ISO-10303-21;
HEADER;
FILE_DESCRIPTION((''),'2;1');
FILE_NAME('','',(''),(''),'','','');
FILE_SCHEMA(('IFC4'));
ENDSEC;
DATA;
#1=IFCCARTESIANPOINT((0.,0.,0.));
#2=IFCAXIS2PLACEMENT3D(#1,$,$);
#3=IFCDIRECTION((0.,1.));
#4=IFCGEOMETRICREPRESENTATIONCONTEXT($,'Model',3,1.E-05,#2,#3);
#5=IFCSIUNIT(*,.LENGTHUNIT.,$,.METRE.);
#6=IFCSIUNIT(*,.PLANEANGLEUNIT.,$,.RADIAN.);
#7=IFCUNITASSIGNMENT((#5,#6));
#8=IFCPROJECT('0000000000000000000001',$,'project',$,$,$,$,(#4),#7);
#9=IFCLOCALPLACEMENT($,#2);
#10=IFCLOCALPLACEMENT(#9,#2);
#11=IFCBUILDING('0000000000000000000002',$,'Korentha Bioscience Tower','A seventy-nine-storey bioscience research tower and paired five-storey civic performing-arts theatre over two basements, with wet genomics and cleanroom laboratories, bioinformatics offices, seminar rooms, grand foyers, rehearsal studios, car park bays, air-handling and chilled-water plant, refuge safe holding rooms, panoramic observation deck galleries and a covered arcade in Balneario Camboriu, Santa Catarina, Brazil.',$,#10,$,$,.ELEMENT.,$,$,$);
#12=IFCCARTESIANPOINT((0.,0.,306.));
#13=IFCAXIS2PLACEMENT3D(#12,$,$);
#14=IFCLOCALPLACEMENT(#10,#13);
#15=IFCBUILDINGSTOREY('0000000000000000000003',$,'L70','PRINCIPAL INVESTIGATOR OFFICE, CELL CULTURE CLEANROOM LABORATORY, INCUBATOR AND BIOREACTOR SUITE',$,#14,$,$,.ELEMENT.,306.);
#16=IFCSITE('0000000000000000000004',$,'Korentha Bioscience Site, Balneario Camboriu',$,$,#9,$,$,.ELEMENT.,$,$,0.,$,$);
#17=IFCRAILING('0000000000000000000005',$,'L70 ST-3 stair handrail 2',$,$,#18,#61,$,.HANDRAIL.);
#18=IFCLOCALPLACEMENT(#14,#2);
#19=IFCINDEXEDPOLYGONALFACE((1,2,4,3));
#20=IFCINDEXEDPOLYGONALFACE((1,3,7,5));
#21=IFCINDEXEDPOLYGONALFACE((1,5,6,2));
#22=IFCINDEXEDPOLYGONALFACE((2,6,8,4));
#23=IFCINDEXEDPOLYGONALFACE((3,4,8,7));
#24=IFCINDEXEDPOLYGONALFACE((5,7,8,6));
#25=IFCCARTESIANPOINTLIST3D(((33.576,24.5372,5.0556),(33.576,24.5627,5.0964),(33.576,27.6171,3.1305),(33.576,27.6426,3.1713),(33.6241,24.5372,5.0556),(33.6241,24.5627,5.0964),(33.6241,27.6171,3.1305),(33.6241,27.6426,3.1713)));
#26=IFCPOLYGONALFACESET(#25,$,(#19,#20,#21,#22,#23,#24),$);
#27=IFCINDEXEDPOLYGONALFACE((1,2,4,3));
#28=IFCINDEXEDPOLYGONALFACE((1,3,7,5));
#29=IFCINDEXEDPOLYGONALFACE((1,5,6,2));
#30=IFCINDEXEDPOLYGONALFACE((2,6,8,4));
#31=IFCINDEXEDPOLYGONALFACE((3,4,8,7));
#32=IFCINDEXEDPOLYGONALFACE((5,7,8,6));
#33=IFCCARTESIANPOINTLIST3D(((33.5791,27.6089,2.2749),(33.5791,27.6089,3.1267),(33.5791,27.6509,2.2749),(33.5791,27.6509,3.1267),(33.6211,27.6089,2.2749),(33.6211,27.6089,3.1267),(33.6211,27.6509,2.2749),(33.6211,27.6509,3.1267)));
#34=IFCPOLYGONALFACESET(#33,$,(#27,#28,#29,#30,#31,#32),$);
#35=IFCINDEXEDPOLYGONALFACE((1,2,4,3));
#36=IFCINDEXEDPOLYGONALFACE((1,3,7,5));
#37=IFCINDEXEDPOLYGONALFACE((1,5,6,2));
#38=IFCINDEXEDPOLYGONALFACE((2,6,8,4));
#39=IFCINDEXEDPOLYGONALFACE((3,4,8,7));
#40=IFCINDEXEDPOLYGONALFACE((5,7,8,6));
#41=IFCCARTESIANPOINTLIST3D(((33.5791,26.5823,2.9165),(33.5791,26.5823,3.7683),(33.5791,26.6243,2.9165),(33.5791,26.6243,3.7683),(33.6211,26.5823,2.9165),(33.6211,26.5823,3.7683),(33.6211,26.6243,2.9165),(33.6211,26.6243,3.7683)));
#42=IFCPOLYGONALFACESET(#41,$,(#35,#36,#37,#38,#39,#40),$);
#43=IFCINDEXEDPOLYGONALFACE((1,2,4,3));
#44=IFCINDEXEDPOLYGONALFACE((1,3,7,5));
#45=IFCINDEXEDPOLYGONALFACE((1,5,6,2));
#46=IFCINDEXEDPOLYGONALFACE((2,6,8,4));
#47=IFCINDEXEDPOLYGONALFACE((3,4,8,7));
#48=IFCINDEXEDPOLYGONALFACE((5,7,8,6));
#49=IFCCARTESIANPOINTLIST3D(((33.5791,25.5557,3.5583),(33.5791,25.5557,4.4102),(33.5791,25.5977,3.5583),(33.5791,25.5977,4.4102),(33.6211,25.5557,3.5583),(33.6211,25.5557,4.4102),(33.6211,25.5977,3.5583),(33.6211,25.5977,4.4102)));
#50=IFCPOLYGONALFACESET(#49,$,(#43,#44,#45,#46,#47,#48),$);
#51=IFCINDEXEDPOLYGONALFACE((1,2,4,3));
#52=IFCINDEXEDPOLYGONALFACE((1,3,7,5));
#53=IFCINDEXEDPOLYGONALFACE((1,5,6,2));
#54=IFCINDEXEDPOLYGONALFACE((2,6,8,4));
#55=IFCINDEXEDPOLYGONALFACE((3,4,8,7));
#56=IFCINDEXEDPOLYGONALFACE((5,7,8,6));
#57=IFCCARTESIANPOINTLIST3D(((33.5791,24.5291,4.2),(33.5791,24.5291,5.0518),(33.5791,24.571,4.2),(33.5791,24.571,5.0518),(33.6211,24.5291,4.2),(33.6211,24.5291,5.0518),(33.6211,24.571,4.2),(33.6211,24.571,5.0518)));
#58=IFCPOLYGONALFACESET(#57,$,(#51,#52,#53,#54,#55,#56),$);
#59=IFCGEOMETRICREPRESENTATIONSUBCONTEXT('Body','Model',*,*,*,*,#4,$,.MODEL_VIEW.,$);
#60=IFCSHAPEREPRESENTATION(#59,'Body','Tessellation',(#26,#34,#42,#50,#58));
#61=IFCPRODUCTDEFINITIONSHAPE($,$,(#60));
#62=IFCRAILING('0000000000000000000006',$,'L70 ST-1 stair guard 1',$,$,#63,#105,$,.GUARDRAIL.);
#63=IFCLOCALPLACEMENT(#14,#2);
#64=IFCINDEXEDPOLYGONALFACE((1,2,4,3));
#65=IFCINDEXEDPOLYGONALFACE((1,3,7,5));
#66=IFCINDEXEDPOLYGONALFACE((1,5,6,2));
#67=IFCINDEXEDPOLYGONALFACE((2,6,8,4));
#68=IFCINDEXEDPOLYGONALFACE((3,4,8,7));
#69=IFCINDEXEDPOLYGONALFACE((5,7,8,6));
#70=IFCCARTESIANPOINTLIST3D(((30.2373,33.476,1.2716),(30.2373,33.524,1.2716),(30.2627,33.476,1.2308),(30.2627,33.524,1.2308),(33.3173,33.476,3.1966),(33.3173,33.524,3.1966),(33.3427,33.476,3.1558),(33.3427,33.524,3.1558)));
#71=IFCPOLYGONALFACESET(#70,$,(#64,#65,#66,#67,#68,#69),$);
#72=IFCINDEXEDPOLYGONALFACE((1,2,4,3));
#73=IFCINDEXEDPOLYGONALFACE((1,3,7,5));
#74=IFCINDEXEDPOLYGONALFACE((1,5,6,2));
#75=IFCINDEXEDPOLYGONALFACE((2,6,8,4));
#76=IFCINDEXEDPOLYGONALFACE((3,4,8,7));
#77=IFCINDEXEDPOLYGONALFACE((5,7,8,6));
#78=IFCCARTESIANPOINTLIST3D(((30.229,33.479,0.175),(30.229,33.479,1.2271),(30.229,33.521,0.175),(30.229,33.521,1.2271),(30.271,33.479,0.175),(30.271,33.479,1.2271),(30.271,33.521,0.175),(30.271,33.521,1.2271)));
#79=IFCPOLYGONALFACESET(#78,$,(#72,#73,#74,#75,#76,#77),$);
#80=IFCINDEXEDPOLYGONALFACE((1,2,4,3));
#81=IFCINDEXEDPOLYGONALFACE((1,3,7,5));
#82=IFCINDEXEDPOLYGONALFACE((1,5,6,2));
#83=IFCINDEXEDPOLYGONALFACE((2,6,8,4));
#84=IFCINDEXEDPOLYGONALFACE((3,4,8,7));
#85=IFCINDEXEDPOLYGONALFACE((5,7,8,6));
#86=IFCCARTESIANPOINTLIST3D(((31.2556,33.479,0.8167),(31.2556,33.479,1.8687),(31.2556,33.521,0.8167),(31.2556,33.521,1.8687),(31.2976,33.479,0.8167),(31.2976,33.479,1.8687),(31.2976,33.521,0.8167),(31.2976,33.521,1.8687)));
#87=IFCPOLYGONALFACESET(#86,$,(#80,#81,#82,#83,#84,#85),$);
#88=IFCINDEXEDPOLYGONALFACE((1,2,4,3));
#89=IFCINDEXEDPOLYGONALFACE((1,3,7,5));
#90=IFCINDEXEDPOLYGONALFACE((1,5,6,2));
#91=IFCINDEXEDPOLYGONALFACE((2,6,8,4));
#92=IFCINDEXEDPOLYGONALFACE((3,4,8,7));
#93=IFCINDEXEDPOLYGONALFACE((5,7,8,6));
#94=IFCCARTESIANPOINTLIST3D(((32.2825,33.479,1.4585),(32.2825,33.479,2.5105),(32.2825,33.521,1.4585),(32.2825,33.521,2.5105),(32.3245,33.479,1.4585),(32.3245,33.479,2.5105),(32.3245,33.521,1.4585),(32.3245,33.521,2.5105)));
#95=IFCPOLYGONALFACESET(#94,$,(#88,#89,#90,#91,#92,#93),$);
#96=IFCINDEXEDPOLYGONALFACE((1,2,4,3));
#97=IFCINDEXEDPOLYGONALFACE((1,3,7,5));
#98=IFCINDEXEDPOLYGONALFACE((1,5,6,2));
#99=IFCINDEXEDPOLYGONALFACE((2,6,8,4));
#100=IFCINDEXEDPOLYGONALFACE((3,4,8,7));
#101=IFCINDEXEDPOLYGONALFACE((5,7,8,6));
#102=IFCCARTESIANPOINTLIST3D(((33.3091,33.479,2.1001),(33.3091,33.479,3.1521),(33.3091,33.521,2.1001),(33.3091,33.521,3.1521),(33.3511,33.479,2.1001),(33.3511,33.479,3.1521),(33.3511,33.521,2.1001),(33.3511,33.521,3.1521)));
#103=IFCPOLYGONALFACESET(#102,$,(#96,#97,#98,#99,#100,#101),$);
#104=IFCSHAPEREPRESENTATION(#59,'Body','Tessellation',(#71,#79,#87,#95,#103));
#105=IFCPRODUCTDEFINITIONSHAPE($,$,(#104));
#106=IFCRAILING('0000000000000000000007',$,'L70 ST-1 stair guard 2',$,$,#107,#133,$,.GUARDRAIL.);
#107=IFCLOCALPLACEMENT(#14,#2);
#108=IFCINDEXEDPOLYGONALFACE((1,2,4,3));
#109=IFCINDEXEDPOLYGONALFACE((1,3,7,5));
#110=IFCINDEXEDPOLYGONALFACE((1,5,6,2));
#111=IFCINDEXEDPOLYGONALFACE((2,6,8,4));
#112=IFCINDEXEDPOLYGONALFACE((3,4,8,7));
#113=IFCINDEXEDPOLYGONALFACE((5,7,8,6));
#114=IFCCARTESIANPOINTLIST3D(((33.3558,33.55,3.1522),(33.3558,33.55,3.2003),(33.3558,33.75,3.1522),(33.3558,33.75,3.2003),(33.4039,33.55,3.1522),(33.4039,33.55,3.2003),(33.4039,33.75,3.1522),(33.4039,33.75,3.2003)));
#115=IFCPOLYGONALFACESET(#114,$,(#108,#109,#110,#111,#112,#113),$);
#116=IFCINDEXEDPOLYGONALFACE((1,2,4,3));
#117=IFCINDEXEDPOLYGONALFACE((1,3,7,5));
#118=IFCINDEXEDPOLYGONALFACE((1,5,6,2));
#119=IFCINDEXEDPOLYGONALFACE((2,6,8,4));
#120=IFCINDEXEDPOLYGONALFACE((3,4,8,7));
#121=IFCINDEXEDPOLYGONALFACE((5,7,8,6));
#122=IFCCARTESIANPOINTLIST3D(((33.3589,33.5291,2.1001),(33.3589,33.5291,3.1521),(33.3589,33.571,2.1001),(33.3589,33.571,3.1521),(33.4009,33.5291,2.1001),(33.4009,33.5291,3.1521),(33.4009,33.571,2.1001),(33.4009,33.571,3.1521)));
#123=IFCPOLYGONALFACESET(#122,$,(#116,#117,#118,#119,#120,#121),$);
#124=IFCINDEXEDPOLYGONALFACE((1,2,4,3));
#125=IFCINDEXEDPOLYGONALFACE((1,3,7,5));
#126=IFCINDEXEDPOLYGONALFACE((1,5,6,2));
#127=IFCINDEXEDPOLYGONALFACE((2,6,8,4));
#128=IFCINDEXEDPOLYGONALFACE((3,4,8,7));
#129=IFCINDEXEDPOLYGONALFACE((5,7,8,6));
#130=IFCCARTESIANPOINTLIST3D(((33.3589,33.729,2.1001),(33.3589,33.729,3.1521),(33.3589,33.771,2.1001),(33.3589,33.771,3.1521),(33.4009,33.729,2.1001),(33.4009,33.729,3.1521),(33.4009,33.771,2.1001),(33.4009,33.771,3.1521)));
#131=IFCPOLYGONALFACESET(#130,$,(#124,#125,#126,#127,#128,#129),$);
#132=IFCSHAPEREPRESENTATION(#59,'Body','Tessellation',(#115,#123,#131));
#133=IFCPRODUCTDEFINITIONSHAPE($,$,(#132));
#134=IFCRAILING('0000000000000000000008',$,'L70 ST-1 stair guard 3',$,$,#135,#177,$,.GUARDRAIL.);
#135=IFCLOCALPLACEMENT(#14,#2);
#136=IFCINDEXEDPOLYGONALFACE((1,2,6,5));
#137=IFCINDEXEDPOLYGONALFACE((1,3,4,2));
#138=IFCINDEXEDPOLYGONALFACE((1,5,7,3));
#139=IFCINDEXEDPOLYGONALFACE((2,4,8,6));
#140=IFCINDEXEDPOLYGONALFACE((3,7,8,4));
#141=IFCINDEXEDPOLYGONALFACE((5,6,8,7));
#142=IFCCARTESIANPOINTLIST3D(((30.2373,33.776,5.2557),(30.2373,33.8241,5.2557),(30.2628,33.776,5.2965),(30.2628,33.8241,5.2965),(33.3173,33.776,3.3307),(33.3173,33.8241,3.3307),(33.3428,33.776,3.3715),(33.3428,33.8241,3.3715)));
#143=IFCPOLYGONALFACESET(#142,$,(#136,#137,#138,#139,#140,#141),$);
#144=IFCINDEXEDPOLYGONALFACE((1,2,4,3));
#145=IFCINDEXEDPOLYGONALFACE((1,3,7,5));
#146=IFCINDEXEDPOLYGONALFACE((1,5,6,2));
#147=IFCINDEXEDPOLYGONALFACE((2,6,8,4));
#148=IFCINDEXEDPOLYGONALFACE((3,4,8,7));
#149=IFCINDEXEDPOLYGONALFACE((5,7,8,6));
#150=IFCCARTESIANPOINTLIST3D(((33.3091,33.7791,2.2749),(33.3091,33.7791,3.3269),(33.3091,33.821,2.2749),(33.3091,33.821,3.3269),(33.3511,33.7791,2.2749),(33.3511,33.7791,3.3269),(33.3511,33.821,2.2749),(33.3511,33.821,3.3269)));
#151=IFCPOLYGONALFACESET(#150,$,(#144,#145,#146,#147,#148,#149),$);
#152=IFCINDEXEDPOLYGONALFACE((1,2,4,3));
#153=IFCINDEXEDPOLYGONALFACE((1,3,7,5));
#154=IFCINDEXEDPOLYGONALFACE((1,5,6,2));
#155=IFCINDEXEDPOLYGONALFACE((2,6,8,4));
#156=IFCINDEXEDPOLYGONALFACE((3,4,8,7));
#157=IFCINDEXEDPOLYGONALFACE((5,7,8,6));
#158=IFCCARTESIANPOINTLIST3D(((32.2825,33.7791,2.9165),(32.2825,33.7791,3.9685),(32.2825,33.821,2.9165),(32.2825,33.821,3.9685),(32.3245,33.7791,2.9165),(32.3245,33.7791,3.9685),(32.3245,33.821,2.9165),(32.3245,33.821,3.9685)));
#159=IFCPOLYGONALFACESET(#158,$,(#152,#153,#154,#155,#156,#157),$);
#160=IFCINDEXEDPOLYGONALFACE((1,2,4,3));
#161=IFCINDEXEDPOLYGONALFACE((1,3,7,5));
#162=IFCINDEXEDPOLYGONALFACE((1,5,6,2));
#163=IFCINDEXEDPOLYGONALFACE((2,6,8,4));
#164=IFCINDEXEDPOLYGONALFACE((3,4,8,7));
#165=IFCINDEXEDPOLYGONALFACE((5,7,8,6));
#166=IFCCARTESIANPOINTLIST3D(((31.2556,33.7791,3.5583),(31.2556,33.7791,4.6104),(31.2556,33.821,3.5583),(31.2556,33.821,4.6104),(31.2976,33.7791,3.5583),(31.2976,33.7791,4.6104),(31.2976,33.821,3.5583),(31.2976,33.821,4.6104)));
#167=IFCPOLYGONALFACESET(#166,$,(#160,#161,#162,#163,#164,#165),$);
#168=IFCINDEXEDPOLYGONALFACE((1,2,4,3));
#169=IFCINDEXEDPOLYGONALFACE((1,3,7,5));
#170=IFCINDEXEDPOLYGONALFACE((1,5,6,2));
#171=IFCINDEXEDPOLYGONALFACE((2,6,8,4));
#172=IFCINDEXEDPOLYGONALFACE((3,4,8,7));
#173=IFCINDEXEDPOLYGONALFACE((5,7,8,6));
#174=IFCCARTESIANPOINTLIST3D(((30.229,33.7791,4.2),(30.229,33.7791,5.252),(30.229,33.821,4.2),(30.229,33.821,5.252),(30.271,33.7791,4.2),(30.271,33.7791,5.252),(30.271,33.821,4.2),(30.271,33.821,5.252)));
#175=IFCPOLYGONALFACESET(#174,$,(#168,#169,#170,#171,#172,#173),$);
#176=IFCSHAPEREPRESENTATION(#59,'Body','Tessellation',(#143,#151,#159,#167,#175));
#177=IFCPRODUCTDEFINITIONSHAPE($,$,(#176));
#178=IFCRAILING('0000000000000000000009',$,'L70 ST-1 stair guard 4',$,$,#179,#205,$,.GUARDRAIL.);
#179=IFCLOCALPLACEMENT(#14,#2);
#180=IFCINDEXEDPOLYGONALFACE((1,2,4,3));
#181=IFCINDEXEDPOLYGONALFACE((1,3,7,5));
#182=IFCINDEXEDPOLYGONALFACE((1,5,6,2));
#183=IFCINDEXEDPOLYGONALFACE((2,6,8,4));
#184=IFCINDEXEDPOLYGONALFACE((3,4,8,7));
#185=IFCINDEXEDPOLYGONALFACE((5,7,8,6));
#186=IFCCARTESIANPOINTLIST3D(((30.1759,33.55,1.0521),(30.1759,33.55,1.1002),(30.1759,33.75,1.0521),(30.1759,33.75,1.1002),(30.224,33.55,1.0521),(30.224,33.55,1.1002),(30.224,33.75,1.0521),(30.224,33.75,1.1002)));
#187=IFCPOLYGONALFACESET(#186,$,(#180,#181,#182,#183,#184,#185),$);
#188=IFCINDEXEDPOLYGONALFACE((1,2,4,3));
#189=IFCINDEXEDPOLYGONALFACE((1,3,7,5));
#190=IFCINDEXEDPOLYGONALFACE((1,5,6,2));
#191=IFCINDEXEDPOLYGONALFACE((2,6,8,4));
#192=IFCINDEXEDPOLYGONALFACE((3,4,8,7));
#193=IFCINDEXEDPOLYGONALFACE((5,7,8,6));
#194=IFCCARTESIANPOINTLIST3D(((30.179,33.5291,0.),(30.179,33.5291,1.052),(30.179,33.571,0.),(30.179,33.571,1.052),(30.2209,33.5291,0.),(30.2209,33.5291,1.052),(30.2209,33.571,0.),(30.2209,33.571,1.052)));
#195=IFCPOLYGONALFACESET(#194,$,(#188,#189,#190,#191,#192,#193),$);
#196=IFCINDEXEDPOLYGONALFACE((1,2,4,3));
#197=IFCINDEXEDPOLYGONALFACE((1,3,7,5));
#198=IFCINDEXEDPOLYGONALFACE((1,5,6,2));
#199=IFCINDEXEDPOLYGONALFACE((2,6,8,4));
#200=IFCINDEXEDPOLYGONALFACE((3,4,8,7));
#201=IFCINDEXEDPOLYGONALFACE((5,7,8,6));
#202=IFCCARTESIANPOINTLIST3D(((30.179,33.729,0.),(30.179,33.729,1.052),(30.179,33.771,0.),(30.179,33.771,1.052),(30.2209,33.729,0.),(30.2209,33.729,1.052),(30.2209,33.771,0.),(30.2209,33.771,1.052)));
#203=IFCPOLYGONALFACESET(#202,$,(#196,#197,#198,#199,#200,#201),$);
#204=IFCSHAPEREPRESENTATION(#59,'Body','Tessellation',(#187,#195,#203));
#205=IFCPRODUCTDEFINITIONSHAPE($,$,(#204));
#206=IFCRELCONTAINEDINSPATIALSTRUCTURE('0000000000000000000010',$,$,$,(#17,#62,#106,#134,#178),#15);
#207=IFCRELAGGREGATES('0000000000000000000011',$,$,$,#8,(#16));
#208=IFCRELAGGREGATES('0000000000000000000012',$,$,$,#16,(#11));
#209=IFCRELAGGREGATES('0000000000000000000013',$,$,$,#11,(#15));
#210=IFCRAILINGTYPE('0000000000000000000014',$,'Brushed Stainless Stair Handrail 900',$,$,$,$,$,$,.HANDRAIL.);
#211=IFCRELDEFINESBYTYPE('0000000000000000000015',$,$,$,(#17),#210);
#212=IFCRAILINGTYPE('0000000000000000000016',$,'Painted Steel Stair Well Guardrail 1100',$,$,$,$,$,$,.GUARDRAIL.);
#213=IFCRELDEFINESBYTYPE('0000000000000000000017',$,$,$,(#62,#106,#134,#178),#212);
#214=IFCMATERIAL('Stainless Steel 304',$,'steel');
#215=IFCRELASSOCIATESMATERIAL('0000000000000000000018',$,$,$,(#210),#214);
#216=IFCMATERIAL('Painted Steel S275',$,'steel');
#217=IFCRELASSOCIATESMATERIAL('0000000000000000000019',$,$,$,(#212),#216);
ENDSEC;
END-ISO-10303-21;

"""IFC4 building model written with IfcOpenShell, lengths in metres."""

from ifc_helpers import new_model, si_unit, direction, frame, origin, origin_2d, place, context, subcontext, project, spatial, rectangle, extrude, material, type_object, element, save


model = new_model("IFC4")

# Units and contexts
model_context = context("Model", 3, precision=1e-05, world=origin(), true_north=direction((0.0, 1.0)))
body_context = subcontext(model_context, "Body", "Model", "MODEL_VIEW")
ifc_project = project(units=[si_unit("LENGTHUNIT", "METRE"), si_unit("PLANEANGLEUNIT", "RADIAN")], contexts=[model_context])

# Site, building, storey
site_placement = place(None, origin())
site = spatial("IfcSite", under=ifc_project, at=site_placement, Name="Korentha Bioscience Site, Balneario Camboriu", CompositionType="ELEMENT", RefElevation=0.0)
building_placement = place(site_placement, origin())
building = spatial("IfcBuilding", under=site, at=building_placement, Name="Korentha Bioscience Tower", Description="A seventy-nine-storey bioscience research tower and paired five-storey civic performing-arts theatre over two basements, with wet genomics and cleanroom laboratories, bioinformatics offices, seminar rooms, grand foyers, rehearsal studios, car park bays, air-handling and chilled-water plant, refuge safe holding rooms, panoramic observation deck galleries and a covered arcade in Balneario Camboriu, Santa Catarina, Brazil.", CompositionType="ELEMENT")
storey_placement = place(building_placement, frame((0.0, 0.0, 306.0)))
storey = spatial("IfcBuildingStorey", under=building, at=storey_placement, Name="L70", Description="PRINCIPAL INVESTIGATOR OFFICE, CELL CULTURE CLEANROOM LABORATORY, INCUBATOR AND BIOREACTOR SUITE", CompositionType="ELEMENT", Elevation=306.0)

# Railings
ifc_material_1 = material(Name="Stainless Steel 304", Category="steel")
railing_type_1 = type_object("IfcRailingType", Name="Brushed Stainless Stair Handrail 900", PredefinedType="HANDRAIL", material=ifc_material_1)
railing_1_placement = place(storey_placement, frame((33.6001, 27.6299, 2.2749)))
element("IfcRailing", 1, at=railing_1_placement, inside=storey, type_object=railing_type_1, Name="L70 ST-3 stair handrail 2", PredefinedType="HANDRAIL", context=body_context, shape_type="SweptSolid", body=[
    extrude(rectangle(XDim=0.0481, YDim=0.0481, at=origin_2d()), frame((0.0, 0.0, 0.876), z_axis=(0.0, -0.847979, 0.530029), x_axis=(1.0, 0.0, 0.0)), (0.0, 0.0, 1.0), 3.6321),
    extrude(rectangle(XDim=0.042, YDim=0.042, at=origin_2d()), origin(), (0.0, 0.0, 1.0), 0.8518),
    extrude(rectangle(XDim=0.042, YDim=0.042, at=origin_2d()), frame((0.0, -1.0266, 0.6416)), (0.0, 0.0, 1.0), 0.8518),
    extrude(rectangle(XDim=0.042, YDim=0.042, at=origin_2d()), frame((0.0, -2.0532, 1.2834)), (0.0, 0.0, 1.0), 0.8518),
    extrude(rectangle(XDim=0.042, YDim=0.042, at=origin_2d()), frame((0.0, -3.0798, 1.925)), (0.0, 0.0, 1.0), 0.8518),
])
ifc_material_2 = material(Name="Painted Steel S275", Category="steel")
railing_type_2 = type_object("IfcRailingType", Name="Painted Steel Stair Well Guardrail 1100", PredefinedType="GUARDRAIL", material=ifc_material_2)
railing_2_placement = place(storey_placement, frame((30.25, 33.5, 0.175)))
element("IfcRailing", 2, at=railing_2_placement, inside=storey, type_object=railing_type_2, Name="L70 ST-1 stair guard 1", PredefinedType="GUARDRAIL", context=body_context, shape_type="SweptSolid", body=[
    extrude(rectangle(XDim=0.0481, YDim=0.0481, at=origin_2d()), frame((0.0, 0.0, 1.0762), z_axis=(0.847998, 0.0, 0.529999), x_axis=(0.0, 1.0, 0.0)), (0.0, 0.0, 1.0), 3.6321),
    extrude(rectangle(XDim=0.042, YDim=0.042, at=origin_2d()), origin(), (0.0, 0.0, 1.0), 1.052),
    extrude(rectangle(XDim=0.042, YDim=0.042, at=origin_2d()), frame((1.0266, 0.0, 0.6416)), (0.0, 0.0, 1.0), 1.052),
    extrude(rectangle(XDim=0.042, YDim=0.042, at=origin_2d()), frame((2.0535, 0.0, 1.2834)), (0.0, 0.0, 1.0), 1.052),
    extrude(rectangle(XDim=0.042, YDim=0.042, at=origin_2d()), frame((3.0801, 0.0, 1.925)), (0.0, 0.0, 1.0), 1.052),
])
railing_3_placement = place(storey_placement, frame((33.3799, 33.55, 2.1001)))
element("IfcRailing", 3, at=railing_3_placement, inside=storey, type_object=railing_type_2, Name="L70 ST-1 stair guard 2", PredefinedType="GUARDRAIL", context=body_context, shape_type="SweptSolid", body=[
    extrude(rectangle(XDim=0.0481, YDim=0.0481, at=origin_2d()), frame((0.0, 0.0, 1.0762), z_axis=(0.0, 1.0, 0.0), x_axis=(-1.0, 0.0, 0.0)), (0.0, 0.0, 1.0), 0.2),
    extrude(rectangle(XDim=0.042, YDim=0.042, at=origin_2d()), origin(), (0.0, 0.0, 1.0), 1.052),
    extrude(rectangle(XDim=0.042, YDim=0.042, at=origin_2d()), frame((0.0, 0.2, 0.0)), (0.0, 0.0, 1.0), 1.052),
])
railing_4_placement = place(storey_placement, frame((33.3301, 33.8, 2.2749)))
element("IfcRailing", 4, at=railing_4_placement, inside=storey, type_object=railing_type_2, Name="L70 ST-1 stair guard 3", PredefinedType="GUARDRAIL", context=body_context, shape_type="SweptSolid", body=[
    extrude(rectangle(XDim=0.0481, YDim=0.0481, at=origin_2d()), frame((0.0, 0.0, 1.0762), z_axis=(-0.847998, 0.0, 0.529999), x_axis=(0.0, -1.0, 0.0)), (0.0, 0.0, 1.0), 3.6321),
    extrude(rectangle(XDim=0.042, YDim=0.042, at=origin_2d()), origin(), (0.0, 0.0, 1.0), 1.052),
    extrude(rectangle(XDim=0.042, YDim=0.042, at=origin_2d()), frame((-1.0266, 0.0, 0.6416)), (0.0, 0.0, 1.0), 1.052),
    extrude(rectangle(XDim=0.042, YDim=0.042, at=origin_2d()), frame((-2.0535, 0.0, 1.2834)), (0.0, 0.0, 1.0), 1.052),
    extrude(rectangle(XDim=0.042, YDim=0.042, at=origin_2d()), frame((-3.0801, 0.0, 1.925)), (0.0, 0.0, 1.0), 1.052),
])
railing_5_placement = place(storey_placement, frame((30.2, 33.55, 0.0)))
element("IfcRailing", 5, at=railing_5_placement, inside=storey, type_object=railing_type_2, Name="L70 ST-1 stair guard 4", PredefinedType="GUARDRAIL", context=body_context, shape_type="SweptSolid", body=[
    extrude(rectangle(XDim=0.0481, YDim=0.0481, at=origin_2d()), frame((0.0, 0.0, 1.0762), z_axis=(0.0, 1.0, 0.0), x_axis=(-1.0, 0.0, 0.0)), (0.0, 0.0, 1.0), 0.2),
    extrude(rectangle(XDim=0.042, YDim=0.042, at=origin_2d()), origin(), (0.0, 0.0, 1.0), 1.052),
    extrude(rectangle(XDim=0.042, YDim=0.042, at=origin_2d()), frame((0.0, 0.2, 0.0)), (0.0, 0.0, 1.0), 1.052),
])

save(model, "model.ifc")
